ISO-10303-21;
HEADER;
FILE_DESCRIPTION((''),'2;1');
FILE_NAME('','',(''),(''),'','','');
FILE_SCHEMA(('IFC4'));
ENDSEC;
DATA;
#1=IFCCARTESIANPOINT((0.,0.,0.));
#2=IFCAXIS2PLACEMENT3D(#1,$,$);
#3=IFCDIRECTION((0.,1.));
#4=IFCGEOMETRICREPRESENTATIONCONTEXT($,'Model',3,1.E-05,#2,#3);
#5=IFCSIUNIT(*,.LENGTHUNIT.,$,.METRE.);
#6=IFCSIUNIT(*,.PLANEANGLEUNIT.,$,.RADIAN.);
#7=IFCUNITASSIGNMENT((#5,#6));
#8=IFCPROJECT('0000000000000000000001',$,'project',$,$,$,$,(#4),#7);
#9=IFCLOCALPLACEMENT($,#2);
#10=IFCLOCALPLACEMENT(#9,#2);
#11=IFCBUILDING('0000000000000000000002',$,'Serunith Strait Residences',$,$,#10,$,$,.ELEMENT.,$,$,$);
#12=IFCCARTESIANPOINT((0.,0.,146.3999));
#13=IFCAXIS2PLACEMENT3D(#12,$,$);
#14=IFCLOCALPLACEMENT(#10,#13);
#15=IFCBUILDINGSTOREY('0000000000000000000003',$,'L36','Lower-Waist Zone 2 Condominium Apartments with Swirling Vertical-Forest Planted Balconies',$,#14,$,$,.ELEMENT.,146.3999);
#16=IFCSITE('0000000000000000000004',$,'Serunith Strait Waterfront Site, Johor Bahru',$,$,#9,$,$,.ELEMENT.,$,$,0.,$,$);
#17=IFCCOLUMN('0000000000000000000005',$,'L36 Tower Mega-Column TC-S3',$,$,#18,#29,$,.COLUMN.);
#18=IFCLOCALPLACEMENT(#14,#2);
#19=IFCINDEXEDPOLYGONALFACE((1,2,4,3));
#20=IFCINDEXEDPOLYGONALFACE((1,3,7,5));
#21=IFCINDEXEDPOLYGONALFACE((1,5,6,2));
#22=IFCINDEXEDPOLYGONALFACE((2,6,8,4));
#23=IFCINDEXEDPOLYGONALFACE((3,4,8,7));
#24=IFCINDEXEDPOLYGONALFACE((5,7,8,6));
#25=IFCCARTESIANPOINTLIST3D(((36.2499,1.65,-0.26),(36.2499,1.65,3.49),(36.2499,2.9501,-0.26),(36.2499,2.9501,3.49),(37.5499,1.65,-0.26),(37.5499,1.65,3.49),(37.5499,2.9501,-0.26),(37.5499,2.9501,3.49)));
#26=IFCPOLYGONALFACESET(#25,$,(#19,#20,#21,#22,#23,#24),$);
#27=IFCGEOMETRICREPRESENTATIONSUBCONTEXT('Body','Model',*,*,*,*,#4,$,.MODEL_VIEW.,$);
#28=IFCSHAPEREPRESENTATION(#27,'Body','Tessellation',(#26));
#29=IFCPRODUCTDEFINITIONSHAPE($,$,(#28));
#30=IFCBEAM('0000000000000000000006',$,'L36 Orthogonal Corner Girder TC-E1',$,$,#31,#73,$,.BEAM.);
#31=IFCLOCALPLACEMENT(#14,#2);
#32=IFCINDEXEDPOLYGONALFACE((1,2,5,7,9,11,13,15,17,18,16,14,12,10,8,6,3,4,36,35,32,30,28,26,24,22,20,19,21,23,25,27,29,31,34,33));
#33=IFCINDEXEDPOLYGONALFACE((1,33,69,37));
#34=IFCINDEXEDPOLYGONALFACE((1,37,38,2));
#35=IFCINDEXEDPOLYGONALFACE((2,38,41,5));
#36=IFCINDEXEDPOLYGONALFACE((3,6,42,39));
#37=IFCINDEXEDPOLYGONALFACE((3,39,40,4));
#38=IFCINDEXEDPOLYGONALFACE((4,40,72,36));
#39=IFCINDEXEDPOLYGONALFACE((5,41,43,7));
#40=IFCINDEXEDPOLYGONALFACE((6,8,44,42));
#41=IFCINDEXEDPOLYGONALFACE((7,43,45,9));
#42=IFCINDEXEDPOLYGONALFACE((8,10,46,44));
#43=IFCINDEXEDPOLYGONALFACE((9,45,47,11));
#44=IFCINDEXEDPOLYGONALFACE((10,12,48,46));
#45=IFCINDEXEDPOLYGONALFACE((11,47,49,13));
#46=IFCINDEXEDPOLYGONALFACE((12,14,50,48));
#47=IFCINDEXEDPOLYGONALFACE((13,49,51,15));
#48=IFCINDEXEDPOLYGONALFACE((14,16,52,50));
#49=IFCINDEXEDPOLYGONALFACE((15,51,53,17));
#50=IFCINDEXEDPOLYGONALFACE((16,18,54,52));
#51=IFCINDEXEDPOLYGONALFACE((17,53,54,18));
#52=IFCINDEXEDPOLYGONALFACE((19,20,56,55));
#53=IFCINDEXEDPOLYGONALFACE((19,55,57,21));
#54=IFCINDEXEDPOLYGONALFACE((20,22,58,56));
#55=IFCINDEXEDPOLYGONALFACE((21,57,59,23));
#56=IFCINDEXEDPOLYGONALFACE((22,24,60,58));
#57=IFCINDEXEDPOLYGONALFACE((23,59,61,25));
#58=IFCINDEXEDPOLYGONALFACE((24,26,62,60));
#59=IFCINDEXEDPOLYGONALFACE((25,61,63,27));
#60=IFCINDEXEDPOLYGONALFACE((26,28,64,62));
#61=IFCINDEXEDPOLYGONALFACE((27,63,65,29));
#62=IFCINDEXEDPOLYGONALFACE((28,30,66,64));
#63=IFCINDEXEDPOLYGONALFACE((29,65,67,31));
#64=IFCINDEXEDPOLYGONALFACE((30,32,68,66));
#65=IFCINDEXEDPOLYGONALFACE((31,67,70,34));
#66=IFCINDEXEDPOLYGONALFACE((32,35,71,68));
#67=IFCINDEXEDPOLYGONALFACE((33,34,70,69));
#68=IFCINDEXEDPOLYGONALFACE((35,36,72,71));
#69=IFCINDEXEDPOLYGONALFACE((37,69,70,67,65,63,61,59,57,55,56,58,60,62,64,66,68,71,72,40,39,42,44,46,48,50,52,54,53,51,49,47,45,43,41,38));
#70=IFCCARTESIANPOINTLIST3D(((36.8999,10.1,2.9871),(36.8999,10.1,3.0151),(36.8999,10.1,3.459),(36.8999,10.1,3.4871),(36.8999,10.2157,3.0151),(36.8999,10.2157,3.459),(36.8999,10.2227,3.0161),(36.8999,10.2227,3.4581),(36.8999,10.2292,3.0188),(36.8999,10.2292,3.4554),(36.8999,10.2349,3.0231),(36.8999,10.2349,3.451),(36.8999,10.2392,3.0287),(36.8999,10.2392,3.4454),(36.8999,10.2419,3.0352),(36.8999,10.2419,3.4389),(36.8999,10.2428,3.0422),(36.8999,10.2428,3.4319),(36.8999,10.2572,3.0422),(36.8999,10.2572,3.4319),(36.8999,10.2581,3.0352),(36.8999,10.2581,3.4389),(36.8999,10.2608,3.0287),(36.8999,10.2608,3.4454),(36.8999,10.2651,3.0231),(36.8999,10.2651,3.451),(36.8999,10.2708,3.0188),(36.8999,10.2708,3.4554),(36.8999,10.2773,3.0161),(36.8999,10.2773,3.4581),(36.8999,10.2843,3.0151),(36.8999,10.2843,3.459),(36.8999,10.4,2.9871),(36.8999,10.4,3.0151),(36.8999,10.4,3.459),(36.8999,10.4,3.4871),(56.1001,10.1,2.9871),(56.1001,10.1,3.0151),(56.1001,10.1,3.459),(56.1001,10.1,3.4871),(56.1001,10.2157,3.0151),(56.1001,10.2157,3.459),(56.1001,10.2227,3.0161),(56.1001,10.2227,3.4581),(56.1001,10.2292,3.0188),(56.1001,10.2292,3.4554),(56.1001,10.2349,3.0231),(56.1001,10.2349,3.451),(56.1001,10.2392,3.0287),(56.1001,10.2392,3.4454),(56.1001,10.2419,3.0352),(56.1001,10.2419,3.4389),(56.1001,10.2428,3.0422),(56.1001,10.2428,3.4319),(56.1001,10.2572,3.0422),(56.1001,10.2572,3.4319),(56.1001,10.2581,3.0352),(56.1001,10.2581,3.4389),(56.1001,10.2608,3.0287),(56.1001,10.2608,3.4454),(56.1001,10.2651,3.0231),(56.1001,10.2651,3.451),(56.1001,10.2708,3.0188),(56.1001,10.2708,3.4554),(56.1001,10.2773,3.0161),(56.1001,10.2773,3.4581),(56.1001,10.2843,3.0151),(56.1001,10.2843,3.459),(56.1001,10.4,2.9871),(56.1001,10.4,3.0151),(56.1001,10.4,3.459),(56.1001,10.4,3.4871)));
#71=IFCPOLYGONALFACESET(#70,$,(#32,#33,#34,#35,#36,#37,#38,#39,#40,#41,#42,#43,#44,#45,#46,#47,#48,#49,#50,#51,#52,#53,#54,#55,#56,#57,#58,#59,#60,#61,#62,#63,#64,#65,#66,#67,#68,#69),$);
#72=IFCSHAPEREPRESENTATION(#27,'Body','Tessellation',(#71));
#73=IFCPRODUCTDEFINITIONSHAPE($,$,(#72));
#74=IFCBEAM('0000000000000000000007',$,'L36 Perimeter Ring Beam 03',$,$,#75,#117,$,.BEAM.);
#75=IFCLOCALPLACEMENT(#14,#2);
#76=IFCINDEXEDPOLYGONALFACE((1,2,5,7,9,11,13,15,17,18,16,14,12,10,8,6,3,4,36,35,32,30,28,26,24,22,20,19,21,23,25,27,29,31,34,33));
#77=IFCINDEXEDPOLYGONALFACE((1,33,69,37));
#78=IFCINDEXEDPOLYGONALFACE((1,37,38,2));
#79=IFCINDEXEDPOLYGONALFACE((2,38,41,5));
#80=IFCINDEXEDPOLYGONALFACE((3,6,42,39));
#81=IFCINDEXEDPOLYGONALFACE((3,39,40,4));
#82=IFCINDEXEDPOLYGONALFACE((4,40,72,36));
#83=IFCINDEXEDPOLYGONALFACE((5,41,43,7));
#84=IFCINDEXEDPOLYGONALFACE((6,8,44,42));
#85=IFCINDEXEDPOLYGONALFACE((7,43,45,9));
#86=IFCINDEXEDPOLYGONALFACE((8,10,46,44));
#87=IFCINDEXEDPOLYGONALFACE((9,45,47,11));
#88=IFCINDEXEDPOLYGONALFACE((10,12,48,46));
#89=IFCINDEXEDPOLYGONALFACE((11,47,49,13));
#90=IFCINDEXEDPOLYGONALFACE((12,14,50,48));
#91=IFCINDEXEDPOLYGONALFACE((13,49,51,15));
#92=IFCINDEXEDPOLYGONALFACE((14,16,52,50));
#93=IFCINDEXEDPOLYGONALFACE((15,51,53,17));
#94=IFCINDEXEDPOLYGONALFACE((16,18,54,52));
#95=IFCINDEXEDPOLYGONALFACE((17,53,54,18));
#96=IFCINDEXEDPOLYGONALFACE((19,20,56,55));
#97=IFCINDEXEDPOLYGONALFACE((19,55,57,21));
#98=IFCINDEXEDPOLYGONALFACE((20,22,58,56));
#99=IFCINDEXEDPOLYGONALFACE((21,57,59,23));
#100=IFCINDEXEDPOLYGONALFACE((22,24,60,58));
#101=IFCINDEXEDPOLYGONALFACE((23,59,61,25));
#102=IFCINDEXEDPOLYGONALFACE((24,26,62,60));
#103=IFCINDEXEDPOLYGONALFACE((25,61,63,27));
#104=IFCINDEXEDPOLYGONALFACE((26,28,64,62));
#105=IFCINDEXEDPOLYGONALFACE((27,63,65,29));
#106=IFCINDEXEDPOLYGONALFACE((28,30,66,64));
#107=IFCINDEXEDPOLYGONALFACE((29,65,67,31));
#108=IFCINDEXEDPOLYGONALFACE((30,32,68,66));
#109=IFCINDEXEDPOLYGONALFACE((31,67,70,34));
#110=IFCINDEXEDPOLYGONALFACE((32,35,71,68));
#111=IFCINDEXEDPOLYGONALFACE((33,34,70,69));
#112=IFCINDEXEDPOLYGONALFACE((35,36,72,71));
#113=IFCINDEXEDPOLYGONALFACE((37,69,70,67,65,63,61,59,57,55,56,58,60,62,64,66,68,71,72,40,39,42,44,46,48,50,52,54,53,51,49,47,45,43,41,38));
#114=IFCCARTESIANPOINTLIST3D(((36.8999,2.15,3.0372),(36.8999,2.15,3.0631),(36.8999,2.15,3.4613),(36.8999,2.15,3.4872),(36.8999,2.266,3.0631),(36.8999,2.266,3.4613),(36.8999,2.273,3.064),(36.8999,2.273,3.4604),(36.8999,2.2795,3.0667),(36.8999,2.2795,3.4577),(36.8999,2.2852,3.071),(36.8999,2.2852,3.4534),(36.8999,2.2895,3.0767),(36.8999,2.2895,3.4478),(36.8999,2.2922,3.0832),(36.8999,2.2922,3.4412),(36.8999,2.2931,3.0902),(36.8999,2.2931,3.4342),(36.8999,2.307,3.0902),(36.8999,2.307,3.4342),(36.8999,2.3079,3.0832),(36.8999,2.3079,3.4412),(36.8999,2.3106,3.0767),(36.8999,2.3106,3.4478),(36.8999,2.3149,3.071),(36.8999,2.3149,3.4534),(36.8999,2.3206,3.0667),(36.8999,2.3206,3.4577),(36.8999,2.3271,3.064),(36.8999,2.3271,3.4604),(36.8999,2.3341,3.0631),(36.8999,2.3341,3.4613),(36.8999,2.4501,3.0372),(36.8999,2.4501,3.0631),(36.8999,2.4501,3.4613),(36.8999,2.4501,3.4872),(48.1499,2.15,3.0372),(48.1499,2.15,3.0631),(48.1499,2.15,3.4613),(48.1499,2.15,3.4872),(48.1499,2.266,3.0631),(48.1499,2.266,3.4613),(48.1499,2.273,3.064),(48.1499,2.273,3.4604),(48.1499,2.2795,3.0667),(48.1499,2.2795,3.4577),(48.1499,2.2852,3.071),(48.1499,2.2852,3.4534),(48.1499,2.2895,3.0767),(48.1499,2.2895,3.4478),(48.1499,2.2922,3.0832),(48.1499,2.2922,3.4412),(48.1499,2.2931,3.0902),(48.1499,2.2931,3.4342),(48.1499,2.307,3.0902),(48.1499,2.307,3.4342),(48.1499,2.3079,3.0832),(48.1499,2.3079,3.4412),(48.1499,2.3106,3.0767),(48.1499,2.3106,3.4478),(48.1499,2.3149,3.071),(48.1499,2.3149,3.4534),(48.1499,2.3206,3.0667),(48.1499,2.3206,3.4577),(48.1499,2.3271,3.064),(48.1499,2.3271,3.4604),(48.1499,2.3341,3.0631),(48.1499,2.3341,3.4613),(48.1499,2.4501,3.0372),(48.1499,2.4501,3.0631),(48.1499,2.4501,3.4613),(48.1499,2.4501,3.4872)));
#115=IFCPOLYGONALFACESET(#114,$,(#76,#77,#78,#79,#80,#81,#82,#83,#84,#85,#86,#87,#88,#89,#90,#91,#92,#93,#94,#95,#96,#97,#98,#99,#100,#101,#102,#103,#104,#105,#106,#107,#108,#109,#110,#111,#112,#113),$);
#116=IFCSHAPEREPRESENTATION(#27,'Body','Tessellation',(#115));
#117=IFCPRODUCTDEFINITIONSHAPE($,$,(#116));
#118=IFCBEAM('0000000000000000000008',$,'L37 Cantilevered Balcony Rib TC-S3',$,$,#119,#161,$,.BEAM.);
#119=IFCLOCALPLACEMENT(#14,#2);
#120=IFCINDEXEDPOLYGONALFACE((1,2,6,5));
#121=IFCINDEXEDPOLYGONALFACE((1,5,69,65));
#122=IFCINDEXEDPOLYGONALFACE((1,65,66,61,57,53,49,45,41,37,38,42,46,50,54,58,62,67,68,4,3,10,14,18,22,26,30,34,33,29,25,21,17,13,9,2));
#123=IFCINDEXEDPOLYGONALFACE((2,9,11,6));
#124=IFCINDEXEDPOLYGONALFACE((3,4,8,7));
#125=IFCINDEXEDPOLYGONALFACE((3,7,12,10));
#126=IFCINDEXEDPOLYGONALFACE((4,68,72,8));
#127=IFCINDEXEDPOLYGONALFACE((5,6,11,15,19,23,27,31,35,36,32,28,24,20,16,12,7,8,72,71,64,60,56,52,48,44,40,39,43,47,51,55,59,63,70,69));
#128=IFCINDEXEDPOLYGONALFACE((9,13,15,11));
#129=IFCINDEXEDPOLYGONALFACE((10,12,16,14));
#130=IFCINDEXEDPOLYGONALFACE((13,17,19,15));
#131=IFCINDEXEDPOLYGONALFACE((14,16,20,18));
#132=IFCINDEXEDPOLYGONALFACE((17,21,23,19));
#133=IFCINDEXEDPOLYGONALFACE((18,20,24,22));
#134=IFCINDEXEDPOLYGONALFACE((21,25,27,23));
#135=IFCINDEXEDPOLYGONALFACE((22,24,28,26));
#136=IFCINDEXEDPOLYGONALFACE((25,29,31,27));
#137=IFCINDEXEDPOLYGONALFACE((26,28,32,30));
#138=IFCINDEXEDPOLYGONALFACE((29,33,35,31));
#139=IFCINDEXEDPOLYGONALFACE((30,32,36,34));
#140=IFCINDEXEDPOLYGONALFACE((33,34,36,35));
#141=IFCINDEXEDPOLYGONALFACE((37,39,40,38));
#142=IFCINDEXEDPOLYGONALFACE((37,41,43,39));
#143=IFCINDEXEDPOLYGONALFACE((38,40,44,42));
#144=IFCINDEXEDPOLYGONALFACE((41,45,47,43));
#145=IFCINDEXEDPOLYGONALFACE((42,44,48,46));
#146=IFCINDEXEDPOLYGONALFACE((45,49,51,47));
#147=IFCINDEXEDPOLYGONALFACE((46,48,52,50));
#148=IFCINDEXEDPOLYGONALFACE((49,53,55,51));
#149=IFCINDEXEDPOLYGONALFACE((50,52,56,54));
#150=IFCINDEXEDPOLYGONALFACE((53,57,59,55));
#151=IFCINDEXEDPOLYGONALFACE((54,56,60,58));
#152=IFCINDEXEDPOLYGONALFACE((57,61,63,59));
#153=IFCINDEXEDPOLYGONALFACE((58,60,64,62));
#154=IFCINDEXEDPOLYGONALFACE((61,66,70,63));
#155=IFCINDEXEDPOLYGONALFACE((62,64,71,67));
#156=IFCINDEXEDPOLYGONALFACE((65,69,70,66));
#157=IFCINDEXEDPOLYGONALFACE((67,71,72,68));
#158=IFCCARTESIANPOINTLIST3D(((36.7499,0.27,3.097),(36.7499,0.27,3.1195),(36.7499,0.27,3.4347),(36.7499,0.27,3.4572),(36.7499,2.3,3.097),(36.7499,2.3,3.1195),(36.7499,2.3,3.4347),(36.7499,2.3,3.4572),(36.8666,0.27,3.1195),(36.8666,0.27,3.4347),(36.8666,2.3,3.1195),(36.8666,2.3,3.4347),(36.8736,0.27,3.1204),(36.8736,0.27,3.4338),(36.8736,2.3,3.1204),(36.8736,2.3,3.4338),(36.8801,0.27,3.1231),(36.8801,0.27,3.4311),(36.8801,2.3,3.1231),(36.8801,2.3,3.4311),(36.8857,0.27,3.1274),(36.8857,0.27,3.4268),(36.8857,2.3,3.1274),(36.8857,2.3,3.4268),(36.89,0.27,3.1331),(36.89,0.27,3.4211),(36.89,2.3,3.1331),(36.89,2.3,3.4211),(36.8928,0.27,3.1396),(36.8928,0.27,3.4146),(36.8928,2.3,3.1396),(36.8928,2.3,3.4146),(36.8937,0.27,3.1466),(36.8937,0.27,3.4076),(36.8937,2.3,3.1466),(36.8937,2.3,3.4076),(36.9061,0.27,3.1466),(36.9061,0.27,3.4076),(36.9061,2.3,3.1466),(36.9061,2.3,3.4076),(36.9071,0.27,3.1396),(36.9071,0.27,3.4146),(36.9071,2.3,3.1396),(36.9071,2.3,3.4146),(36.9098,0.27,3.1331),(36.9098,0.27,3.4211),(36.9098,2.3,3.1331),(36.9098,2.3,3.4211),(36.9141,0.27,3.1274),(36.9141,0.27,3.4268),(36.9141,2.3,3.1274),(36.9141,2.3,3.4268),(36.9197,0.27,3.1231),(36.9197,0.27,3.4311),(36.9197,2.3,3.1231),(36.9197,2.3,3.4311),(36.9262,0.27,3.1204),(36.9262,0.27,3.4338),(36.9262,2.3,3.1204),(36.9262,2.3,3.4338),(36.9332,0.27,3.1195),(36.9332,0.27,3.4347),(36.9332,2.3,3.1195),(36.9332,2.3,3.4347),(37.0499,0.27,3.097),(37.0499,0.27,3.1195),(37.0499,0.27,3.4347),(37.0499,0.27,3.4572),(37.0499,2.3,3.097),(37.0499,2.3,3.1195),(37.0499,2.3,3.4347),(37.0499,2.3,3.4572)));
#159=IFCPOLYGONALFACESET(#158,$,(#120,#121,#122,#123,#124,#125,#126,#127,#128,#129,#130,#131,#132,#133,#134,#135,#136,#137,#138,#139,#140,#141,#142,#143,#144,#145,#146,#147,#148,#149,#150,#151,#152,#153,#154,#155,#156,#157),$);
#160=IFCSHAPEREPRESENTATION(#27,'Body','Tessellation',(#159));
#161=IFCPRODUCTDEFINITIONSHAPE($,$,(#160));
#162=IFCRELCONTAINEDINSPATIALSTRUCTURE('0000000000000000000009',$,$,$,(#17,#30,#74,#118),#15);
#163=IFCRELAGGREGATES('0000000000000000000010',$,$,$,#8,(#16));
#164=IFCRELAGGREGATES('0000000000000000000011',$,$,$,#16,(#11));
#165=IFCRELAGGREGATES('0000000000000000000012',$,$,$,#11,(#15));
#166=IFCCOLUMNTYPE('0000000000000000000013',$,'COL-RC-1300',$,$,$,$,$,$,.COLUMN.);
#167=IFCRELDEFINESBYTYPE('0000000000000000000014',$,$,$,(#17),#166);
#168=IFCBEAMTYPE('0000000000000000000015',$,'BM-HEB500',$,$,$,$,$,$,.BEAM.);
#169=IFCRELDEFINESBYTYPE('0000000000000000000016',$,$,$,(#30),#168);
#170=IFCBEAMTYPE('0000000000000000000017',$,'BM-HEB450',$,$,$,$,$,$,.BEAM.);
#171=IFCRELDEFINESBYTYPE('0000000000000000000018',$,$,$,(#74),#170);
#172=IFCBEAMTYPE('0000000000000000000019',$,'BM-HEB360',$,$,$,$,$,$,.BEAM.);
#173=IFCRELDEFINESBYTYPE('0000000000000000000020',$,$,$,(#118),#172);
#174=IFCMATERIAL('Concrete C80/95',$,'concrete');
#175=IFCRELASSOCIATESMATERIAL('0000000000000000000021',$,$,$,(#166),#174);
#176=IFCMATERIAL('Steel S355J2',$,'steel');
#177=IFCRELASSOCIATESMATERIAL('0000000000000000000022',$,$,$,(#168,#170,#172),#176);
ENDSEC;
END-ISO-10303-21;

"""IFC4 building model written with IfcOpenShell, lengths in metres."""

from ifc_helpers import new_model, si_unit, direction, frame, origin, origin_2d, place, context, subcontext, project, spatial, rectangle, i_section, extrude, source, transform, mapped, material, material_profile, profile_set, type_object, element, save


model = new_model("IFC4")

# Units and contexts
model_context = context("Model", 3, precision=1e-05, world=origin(), true_north=direction((0.0, 1.0)))
body_context = subcontext(model_context, "Body", "Model", "MODEL_VIEW")
ifc_project = project(units=[si_unit("LENGTHUNIT", "METRE"), si_unit("PLANEANGLEUNIT", "RADIAN")], contexts=[model_context])

# Site, building, storey
site_placement = place(None, origin())
site = spatial("IfcSite", under=ifc_project, at=site_placement, Name="Serunith Strait Waterfront Site, Johor Bahru", CompositionType="ELEMENT", RefElevation=0.0)
building_placement = place(site_placement, origin())
building = spatial("IfcBuilding", under=site, at=building_placement, Name="Serunith Strait Residences", CompositionType="ELEMENT")
storey_placement = place(building_placement, frame((0.0, 0.0, 146.3999)))
storey = spatial("IfcBuildingStorey", under=building, at=storey_placement, Name="L36", Description="Lower-Waist Zone 2 Condominium Apartments with Swirling Vertical-Forest Planted Balconies", CompositionType="ELEMENT", Elevation=146.3999)

# Column
ifc_material_1 = material(Name="Concrete C80/95", Category="concrete")
ifc_material_profile_1 = material_profile(ifc_material_1, rectangle(XDim=1.3, YDim=1.3, at=origin_2d()), Name="RC 1300x1300")
ifc_profile_set_1 = profile_set([ifc_material_profile_1], Name="Concrete C80/95")
column_type = type_object("IfcColumnType", Name="COL-RC-1300", PredefinedType="COLUMN", material=ifc_profile_set_1)
shared_shape_1 = source(origin(), body_context, "Body", "SweptSolid", [
    extrude(rectangle(XDim=1.3, YDim=1.3, at=origin_2d()), origin(), (0.0, 0.0, 1.0), 3.75),
])
column_placement = place(storey_placement, frame((36.8999, 2.3, -0.26), z_axis=(0.0, 0.0, 1.0), x_axis=(1.0, 0.0, 0.0)))
element("IfcColumn", 1, at=column_placement, inside=storey, type_object=column_type, Name="L36 Tower Mega-Column TC-S3", PredefinedType="COLUMN", context=body_context, shape_type="MappedRepresentation", body=[
    mapped(shared_shape_1, transform((0.0, 0.0, 0.0), scale=1.0)),
])

# Beams
ifc_material_2 = material(Name="Steel S355J2", Category="steel")
ifc_material_profile_2 = material_profile(ifc_material_2, i_section(OverallWidth=0.3, OverallDepth=0.5, WebThickness=0.0144, FlangeThickness=0.0281, FilletRadius=0.0271, at=origin_2d()), Name="HEB 500")
ifc_profile_set_2 = profile_set([ifc_material_profile_2], Name="Steel S355J2")
beam_type_1 = type_object("IfcBeamType", Name="BM-HEB500", PredefinedType="BEAM", material=ifc_profile_set_2)
shared_shape_2 = source(origin(), body_context, "Body", "SweptSolid", [
    extrude(i_section(OverallWidth=0.3, OverallDepth=0.5, WebThickness=0.0144, FlangeThickness=0.0281, FilletRadius=0.0271, at=origin_2d()), origin(), (0.0, 0.0, 1.0), 19.2002),
])
beam_1_placement = place(storey_placement, frame((36.8999, 10.25, 3.2371), z_axis=(1.0, 0.0, 0.0), x_axis=(0.0, 1.0, 0.0)))
element("IfcBeam", 2, at=beam_1_placement, inside=storey, type_object=beam_type_1, Name="L36 Orthogonal Corner Girder TC-E1", PredefinedType="BEAM", context=body_context, shape_type="MappedRepresentation", body=[
    mapped(shared_shape_2, transform((0.0, 0.0, 0.0), scale=1.0)),
])
ifc_material_profile_3 = material_profile(ifc_material_2, i_section(OverallWidth=0.3, OverallDepth=0.45, WebThickness=0.0139, FlangeThickness=0.0259, FilletRadius=0.0271, at=origin_2d()), Name="HEB 450")
ifc_profile_set_3 = profile_set([ifc_material_profile_3], Name="Steel S355J2")
beam_type_2 = type_object("IfcBeamType", Name="BM-HEB450", PredefinedType="BEAM", material=ifc_profile_set_3)
shared_shape_3 = source(origin(), body_context, "Body", "SweptSolid", [
    extrude(i_section(OverallWidth=0.3, OverallDepth=0.45, WebThickness=0.0139, FlangeThickness=0.0259, FilletRadius=0.0271, at=origin_2d()), origin(), (0.0, 0.0, 1.0), 11.25),
])
beam_2_placement = place(storey_placement, frame((36.8999, 2.3, 3.2622), z_axis=(1.0, 0.0, 0.0), x_axis=(0.0, 1.0, 0.0)))
element("IfcBeam", 3, at=beam_2_placement, inside=storey, type_object=beam_type_2, Name="L36 Perimeter Ring Beam 03", PredefinedType="BEAM", context=body_context, shape_type="MappedRepresentation", body=[
    mapped(shared_shape_3, transform((0.0, 0.0, 0.0), scale=1.0)),
])
ifc_material_profile_4 = material_profile(ifc_material_2, i_section(OverallWidth=0.3, OverallDepth=0.3601, WebThickness=0.0125, FlangeThickness=0.0225, FilletRadius=0.0271, at=origin_2d()), Name="HEB 360")
ifc_profile_set_4 = profile_set([ifc_material_profile_4], Name="Steel S355J2")
beam_type_3 = type_object("IfcBeamType", Name="BM-HEB360", PredefinedType="BEAM", material=ifc_profile_set_4)
shared_shape_4 = source(origin(), body_context, "Body", "SweptSolid", [
    extrude(i_section(OverallWidth=0.3, OverallDepth=0.3601, WebThickness=0.0125, FlangeThickness=0.0225, FilletRadius=0.0271, at=origin_2d()), origin(), (0.0, 0.0, 1.0), 2.03),
])
beam_3_placement = place(storey_placement, frame((36.8999, 2.3, 3.2771), z_axis=(0.0, -1.0, 0.0), x_axis=(1.0, 0.0, 0.0)))
element("IfcBeam", 4, at=beam_3_placement, inside=storey, type_object=beam_type_3, Name="L37 Cantilevered Balcony Rib TC-S3", PredefinedType="BEAM", context=body_context, shape_type="MappedRepresentation", body=[
    mapped(shared_shape_4, transform((0.0, 0.0, 0.0), scale=1.0)),
])

save(model, "model.ifc")
